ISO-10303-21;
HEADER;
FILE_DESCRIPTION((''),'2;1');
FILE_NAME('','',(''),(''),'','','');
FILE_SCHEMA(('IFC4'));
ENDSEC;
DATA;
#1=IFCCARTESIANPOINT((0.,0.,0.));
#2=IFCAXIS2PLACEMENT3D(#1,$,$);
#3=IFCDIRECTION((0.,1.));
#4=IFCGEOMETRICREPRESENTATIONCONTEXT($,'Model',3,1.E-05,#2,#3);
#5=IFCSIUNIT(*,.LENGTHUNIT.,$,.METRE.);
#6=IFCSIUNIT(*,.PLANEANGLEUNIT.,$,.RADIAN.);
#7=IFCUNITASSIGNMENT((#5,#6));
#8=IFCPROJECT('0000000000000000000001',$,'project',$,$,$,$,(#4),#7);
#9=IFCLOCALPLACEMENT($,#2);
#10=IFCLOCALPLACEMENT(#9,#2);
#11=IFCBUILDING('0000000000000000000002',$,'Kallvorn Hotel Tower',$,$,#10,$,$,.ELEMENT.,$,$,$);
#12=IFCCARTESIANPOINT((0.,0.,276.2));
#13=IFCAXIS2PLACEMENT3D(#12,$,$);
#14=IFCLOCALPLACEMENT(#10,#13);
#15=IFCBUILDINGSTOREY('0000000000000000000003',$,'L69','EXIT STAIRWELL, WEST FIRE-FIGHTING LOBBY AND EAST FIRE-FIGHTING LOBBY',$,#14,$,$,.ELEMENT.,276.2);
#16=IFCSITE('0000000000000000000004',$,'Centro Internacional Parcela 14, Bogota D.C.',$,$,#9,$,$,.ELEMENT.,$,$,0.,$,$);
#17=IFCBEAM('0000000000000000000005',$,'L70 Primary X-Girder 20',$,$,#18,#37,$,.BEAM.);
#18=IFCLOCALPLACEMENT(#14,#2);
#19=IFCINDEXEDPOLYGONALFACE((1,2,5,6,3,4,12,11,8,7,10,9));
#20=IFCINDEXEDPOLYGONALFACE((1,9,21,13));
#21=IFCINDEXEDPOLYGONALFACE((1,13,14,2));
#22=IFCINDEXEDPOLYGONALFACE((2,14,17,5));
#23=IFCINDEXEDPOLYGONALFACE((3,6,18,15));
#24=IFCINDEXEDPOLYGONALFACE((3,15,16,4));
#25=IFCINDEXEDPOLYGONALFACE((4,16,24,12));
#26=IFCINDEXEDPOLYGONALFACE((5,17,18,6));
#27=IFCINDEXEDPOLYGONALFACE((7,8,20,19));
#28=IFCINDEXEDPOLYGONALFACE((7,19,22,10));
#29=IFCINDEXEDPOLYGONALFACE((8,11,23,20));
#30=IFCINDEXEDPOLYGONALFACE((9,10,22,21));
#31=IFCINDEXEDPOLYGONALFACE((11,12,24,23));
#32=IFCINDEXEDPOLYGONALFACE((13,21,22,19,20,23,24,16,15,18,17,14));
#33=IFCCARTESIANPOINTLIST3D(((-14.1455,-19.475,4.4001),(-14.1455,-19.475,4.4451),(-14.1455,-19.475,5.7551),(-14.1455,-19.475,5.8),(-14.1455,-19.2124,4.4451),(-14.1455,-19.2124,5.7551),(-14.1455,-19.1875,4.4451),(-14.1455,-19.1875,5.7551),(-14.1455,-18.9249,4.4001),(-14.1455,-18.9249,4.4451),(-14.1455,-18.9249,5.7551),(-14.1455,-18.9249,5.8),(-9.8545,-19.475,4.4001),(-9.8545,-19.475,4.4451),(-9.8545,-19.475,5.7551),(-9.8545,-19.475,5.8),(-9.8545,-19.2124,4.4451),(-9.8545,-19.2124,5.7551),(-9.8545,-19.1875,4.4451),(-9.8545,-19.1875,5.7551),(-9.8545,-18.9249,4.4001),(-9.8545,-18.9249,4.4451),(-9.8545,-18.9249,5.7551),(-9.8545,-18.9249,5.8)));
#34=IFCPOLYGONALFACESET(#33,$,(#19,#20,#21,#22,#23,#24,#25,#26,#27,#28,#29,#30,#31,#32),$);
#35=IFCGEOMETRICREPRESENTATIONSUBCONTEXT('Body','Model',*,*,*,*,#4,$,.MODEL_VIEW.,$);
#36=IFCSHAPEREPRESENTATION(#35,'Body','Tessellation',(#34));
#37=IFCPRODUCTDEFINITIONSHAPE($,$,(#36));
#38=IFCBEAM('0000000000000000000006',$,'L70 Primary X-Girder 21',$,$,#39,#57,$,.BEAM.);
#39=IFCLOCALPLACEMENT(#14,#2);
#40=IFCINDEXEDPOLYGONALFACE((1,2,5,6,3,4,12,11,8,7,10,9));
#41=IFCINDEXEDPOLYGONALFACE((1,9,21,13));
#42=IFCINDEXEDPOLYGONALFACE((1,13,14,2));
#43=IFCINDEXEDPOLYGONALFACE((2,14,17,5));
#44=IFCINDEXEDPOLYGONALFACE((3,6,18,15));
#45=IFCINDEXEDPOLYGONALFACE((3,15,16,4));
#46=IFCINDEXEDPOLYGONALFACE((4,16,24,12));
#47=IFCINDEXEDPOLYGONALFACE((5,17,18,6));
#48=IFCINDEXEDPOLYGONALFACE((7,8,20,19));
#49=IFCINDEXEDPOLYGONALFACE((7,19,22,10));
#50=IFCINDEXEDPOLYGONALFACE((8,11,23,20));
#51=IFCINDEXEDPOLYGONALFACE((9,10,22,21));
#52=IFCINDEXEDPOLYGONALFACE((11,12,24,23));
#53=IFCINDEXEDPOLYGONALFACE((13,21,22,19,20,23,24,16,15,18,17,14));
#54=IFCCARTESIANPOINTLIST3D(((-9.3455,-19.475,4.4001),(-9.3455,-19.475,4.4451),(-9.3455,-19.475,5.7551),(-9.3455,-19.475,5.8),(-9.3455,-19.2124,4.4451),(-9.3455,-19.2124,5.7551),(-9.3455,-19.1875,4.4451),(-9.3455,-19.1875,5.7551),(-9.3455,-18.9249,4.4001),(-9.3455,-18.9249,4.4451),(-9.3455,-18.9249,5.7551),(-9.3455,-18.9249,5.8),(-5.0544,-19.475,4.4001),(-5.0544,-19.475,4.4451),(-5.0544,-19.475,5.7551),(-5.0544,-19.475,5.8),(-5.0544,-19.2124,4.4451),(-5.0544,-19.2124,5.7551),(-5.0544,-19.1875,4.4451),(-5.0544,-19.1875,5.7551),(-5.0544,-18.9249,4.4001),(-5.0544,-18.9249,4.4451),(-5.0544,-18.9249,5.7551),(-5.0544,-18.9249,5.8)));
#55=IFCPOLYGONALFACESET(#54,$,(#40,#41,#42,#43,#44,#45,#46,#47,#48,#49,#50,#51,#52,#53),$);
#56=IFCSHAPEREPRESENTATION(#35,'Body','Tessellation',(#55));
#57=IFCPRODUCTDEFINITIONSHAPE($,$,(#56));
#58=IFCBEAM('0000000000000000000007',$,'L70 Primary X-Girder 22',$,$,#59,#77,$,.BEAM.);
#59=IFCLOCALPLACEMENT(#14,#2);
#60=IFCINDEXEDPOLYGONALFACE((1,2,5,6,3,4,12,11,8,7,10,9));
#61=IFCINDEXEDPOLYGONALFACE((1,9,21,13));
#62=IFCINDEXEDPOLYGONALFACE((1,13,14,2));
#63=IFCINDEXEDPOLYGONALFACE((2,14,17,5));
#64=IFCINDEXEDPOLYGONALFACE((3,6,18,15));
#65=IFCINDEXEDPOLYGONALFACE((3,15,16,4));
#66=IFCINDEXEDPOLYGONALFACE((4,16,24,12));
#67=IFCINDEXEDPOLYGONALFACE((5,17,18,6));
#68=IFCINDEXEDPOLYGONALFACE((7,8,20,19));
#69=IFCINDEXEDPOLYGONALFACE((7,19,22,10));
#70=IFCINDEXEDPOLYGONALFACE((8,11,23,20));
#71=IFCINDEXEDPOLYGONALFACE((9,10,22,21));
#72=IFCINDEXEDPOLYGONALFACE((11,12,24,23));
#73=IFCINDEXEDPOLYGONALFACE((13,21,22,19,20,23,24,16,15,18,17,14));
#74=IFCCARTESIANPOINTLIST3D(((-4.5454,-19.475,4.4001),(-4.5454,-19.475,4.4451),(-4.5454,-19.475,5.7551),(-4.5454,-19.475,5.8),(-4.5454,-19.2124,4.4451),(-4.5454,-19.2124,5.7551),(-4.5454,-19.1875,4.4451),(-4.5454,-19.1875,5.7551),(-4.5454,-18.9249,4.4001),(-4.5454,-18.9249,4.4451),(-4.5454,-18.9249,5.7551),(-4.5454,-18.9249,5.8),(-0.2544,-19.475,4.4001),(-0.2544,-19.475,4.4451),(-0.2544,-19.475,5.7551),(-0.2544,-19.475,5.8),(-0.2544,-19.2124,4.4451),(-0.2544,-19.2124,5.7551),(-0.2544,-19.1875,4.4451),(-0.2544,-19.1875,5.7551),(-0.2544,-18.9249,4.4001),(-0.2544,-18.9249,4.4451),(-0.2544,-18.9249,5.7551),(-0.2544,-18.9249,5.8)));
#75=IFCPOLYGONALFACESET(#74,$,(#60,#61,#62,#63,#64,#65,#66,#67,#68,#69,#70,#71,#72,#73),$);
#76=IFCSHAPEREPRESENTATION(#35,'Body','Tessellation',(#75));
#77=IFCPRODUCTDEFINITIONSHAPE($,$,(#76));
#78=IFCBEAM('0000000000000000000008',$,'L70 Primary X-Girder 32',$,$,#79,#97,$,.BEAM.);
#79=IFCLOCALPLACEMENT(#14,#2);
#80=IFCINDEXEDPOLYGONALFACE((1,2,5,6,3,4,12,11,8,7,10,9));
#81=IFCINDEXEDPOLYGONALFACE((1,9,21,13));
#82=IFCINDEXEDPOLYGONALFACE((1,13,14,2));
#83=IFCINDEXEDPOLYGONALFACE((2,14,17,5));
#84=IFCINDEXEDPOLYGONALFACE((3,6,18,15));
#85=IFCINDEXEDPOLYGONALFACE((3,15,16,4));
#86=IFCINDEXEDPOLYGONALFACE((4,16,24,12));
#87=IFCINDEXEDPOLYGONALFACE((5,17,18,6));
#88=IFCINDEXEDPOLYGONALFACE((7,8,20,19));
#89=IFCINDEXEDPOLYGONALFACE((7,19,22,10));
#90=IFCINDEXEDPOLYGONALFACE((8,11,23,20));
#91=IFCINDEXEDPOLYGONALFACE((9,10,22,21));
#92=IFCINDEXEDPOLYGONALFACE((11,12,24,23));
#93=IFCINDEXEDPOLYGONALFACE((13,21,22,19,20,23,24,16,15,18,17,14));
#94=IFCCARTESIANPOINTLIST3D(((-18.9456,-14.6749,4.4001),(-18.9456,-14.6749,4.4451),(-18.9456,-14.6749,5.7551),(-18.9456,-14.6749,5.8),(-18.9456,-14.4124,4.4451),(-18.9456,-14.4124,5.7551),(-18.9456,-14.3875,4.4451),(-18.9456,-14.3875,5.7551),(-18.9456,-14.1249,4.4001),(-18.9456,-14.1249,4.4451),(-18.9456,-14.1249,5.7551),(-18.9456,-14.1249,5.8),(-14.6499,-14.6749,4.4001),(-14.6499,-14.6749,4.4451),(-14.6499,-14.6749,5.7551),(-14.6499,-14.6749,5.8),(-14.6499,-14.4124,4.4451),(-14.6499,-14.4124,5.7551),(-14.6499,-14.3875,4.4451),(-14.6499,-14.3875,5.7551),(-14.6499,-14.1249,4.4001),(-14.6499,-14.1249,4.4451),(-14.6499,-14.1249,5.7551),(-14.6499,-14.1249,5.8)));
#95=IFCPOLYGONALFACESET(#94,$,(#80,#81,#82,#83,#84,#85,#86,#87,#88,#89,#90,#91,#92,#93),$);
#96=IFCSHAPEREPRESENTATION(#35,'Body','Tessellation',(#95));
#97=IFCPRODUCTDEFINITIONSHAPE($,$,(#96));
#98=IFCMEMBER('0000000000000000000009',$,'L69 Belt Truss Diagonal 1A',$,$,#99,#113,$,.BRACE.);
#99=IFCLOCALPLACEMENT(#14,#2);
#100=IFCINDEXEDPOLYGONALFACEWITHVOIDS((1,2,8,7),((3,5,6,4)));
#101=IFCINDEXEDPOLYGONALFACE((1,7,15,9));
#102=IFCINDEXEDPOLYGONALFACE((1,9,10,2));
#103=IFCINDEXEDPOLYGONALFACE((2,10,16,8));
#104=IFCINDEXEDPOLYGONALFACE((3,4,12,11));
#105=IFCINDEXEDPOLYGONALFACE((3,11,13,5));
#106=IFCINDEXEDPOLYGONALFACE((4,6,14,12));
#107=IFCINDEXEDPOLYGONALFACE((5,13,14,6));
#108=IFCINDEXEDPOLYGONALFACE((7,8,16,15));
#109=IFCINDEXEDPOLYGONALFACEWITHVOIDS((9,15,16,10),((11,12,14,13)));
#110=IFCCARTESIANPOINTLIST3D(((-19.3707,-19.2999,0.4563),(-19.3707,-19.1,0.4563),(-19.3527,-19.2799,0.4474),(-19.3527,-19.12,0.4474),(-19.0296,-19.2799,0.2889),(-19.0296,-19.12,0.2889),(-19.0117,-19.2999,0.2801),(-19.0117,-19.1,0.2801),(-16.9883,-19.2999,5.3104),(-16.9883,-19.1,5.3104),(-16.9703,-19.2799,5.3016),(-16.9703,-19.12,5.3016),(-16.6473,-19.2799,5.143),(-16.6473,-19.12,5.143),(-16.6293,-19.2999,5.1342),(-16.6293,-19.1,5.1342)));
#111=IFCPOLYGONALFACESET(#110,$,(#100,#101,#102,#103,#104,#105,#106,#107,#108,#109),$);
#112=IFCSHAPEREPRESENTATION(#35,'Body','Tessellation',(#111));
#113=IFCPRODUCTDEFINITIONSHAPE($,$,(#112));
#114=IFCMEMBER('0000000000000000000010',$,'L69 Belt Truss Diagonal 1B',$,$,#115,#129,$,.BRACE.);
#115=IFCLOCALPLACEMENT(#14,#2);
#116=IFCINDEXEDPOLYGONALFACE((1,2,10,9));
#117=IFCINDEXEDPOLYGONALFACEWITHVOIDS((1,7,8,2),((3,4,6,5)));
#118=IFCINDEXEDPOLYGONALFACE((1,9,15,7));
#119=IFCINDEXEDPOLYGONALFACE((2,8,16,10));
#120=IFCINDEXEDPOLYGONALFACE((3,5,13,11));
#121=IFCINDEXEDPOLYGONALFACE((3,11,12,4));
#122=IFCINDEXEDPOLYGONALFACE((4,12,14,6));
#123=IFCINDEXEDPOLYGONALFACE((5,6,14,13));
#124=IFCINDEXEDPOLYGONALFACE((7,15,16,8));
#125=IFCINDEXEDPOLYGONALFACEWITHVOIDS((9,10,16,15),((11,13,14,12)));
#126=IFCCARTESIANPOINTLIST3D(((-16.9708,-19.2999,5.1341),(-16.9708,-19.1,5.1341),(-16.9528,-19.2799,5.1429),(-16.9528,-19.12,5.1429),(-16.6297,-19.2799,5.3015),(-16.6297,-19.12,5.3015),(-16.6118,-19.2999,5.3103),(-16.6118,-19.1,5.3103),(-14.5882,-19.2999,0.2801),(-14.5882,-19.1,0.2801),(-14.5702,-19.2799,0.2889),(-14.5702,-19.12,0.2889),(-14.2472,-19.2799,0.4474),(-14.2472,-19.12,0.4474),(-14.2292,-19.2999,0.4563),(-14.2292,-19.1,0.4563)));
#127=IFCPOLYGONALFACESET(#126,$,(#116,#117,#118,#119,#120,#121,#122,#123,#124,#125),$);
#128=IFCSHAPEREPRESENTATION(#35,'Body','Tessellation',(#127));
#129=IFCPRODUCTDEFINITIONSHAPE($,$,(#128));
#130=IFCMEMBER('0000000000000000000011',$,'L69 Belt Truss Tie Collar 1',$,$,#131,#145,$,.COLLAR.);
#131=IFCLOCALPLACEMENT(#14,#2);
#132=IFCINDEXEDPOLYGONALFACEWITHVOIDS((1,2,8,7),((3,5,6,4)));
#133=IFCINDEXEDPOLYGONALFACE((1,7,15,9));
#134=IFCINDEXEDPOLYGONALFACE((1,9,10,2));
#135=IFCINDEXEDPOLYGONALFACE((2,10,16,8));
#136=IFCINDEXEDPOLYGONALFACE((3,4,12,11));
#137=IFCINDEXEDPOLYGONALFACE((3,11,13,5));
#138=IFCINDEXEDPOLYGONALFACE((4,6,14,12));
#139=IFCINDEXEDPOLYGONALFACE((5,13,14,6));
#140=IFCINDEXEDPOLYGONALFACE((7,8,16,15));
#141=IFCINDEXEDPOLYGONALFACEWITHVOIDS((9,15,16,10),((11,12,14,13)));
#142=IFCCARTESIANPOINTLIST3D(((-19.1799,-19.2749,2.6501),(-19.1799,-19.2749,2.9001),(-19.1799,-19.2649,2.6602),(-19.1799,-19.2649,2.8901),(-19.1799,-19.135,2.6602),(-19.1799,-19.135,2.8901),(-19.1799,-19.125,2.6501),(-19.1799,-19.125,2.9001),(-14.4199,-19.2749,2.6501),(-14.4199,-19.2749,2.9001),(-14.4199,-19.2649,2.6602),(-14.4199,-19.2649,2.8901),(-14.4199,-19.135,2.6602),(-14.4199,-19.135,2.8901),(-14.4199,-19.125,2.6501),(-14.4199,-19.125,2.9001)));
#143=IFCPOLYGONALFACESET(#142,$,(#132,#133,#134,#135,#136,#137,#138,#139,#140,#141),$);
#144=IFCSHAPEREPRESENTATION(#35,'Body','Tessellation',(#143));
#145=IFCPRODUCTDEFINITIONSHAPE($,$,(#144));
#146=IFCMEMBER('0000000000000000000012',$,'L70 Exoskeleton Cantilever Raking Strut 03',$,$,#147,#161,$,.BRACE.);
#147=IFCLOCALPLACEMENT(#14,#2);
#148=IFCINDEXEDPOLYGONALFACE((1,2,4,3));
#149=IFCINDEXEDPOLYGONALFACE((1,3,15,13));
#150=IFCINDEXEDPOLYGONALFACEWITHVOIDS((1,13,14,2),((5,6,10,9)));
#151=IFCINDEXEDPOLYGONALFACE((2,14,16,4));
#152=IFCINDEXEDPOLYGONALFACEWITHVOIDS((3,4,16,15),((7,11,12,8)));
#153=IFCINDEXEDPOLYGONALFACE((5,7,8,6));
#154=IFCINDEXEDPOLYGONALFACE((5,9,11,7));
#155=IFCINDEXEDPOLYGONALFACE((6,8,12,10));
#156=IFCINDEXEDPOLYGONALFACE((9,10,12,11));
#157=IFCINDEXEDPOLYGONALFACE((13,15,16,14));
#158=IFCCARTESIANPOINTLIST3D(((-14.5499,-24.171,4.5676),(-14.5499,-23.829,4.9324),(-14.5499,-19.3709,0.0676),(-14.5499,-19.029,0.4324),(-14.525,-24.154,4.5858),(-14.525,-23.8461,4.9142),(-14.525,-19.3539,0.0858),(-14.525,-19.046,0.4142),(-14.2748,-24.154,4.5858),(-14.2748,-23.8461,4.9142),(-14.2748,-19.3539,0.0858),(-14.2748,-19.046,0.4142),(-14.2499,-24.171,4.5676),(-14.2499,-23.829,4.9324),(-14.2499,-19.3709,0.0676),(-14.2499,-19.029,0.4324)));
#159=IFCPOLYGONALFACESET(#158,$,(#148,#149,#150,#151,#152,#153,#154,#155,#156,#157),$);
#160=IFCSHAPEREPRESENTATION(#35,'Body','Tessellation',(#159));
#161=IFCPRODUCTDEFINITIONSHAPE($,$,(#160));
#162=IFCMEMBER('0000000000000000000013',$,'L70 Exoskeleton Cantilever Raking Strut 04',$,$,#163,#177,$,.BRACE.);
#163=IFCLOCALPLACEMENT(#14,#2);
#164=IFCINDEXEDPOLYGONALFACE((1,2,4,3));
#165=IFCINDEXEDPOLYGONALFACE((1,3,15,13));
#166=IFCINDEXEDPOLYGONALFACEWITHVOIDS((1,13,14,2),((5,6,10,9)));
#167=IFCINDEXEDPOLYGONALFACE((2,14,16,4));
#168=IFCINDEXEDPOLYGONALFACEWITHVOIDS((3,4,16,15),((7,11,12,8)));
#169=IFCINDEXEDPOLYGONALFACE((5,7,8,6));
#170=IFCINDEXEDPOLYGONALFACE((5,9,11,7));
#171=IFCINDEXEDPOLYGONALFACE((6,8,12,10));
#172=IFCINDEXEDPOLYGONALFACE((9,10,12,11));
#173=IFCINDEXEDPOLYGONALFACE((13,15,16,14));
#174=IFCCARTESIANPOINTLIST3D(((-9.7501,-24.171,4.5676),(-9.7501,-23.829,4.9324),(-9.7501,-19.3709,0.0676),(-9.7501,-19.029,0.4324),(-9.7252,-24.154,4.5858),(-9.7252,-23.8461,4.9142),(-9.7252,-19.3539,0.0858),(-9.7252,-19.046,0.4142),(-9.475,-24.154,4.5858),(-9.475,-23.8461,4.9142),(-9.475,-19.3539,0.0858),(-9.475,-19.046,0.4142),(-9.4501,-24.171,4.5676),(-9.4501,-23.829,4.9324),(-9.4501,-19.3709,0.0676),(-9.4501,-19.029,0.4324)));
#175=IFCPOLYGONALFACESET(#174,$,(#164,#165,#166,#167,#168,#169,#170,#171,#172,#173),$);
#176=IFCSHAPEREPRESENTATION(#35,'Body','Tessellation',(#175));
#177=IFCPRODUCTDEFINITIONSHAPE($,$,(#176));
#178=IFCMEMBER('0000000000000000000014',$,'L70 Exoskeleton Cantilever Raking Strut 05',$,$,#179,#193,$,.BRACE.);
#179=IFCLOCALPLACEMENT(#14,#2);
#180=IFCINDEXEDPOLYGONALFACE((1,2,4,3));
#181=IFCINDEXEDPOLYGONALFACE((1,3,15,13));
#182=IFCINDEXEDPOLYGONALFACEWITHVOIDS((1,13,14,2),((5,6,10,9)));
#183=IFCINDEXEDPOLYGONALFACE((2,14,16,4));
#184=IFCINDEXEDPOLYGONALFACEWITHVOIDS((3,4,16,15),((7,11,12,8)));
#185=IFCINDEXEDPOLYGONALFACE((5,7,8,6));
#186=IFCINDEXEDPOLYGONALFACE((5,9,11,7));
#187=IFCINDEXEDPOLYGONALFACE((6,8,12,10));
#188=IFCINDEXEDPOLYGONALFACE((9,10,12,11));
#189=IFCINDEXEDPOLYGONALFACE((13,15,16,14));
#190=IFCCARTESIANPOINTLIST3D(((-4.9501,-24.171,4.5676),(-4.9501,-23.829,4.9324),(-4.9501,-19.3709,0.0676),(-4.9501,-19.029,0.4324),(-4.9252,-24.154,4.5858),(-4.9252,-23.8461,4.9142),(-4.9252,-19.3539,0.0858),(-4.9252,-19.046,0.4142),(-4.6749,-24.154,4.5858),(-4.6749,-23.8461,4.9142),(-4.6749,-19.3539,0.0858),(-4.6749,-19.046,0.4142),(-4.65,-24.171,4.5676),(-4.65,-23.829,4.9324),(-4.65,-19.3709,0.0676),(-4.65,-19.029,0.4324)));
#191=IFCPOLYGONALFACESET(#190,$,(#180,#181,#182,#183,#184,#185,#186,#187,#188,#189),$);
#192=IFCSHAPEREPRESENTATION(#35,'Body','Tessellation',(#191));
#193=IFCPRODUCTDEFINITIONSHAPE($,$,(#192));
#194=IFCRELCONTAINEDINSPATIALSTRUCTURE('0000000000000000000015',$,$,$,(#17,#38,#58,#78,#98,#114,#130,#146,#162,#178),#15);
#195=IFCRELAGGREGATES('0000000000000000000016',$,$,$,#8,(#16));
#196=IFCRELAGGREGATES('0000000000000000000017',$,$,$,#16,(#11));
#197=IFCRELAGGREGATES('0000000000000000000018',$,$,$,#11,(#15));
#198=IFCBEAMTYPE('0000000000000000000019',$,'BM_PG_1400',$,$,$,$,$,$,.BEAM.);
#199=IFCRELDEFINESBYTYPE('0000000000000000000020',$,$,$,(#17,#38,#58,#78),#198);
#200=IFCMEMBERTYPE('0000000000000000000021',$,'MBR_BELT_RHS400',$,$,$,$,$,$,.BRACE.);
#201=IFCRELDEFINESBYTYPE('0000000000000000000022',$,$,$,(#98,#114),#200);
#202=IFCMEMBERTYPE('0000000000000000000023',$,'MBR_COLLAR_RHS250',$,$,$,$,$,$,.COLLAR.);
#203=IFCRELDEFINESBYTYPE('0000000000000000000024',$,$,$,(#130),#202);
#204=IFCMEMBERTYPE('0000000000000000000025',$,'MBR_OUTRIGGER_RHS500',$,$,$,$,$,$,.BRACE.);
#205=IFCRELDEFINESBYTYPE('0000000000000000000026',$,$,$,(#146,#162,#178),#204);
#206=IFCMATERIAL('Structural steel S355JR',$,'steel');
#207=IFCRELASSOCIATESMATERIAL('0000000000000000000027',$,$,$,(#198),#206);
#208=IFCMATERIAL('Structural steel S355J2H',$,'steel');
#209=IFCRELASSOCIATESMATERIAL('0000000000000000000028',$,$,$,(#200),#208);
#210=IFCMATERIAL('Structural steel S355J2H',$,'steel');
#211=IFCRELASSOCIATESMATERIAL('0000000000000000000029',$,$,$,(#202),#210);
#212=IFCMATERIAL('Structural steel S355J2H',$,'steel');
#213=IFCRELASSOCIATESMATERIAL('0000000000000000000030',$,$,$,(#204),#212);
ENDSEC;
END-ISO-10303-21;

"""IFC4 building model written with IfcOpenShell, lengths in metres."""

from ifc_helpers import new_model, si_unit, direction, frame, origin, origin_2d, place, context, subcontext, project, spatial, hollow_rectangle, i_section, extrude, material, material_profile, profile_set, type_object, element, save


model = new_model("IFC4")

# Units and contexts
model_context = context("Model", 3, precision=1e-05, world=origin(), true_north=direction((0.0, 1.0)))
body_context = subcontext(model_context, "Body", "Model", "MODEL_VIEW")
ifc_project = project(units=[si_unit("LENGTHUNIT", "METRE"), si_unit("PLANEANGLEUNIT", "RADIAN")], contexts=[model_context])

# Site, building, storey
site_placement = place(None, origin())
site = spatial("IfcSite", under=ifc_project, at=site_placement, Name="Centro Internacional Parcela 14, Bogota D.C.", CompositionType="ELEMENT", RefElevation=0.0)
building_placement = place(site_placement, origin())
building = spatial("IfcBuilding", under=site, at=building_placement, Name="Kallvorn Hotel Tower", CompositionType="ELEMENT")
storey_placement = place(building_placement, frame((0.0, 0.0, 276.2)))
storey = spatial("IfcBuildingStorey", under=building, at=storey_placement, Name="L69", Description="EXIT STAIRWELL, WEST FIRE-FIGHTING LOBBY AND EAST FIRE-FIGHTING LOBBY", CompositionType="ELEMENT", Elevation=276.2)

# Beams
ifc_material_1 = material(Name="Structural steel S355JR", Category="steel")
ifc_material_profile_1 = material_profile(ifc_material_1, i_section(OverallWidth=0.55, OverallDepth=1.3999, WebThickness=0.0249, FlangeThickness=0.0449, at=origin_2d()), Name="PG 1400x550x25x45")
ifc_profile_set_1 = profile_set([ifc_material_profile_1], Name="Structural steel S355JR")
beam_type_1 = type_object("IfcBeamType", Name="BM_PG_1400", PredefinedType="BEAM", material=ifc_profile_set_1)
for number, where, z_axis, x_axis, name in (
    (1, (-14.1455, -19.2, 5.1001), (1.0, 0.0, 0.0), (0.0, 1.0, 0.0), "L70 Primary X-Girder 20"),
    (2, (-9.3455, -19.2, 5.1001), (1.0, 0.0, 0.0), (0.0, 1.0, 0.0), "L70 Primary X-Girder 21"),
    (3, (-4.5454, -19.2, 5.1001), (1.0, 0.0, 0.0), (0.0, 1.0, 0.0), "L70 Primary X-Girder 22"),
):
    element("IfcBeam", number, at=place(storey_placement, frame(where, z_axis=z_axis, x_axis=x_axis)), inside=storey, type_object=beam_type_1, Name=name, PredefinedType="BEAM", context=body_context, shape_type="SweptSolid", body=[
        extrude(i_section(OverallWidth=0.55, OverallDepth=1.3999, WebThickness=0.0249, FlangeThickness=0.0449, at=origin_2d()), origin(), (0.0, 0.0, 1.0), 4.291),
    ])
beam_placement = place(storey_placement, frame((-18.9456, -14.3999, 5.1001), z_axis=(1.0, 0.0, 0.0), x_axis=(0.0, 1.0, 0.0)))
element("IfcBeam", 4, at=beam_placement, inside=storey, type_object=beam_type_1, Name="L70 Primary X-Girder 32", PredefinedType="BEAM", context=body_context, shape_type="SweptSolid", body=[
    extrude(i_section(OverallWidth=0.55, OverallDepth=1.3999, WebThickness=0.0249, FlangeThickness=0.0449, at=origin_2d()), origin(), (0.0, 0.0, 1.0), 4.2957),
])

# Members
ifc_material_2 = material(Name="Structural steel S355J2H", Category="steel")
ifc_material_profile_2 = material_profile(ifc_material_2, hollow_rectangle(XDim=0.2, YDim=0.3999, WallThickness=0.02, at=origin_2d()), Name="RHS 400x200x20")
ifc_profile_set_2 = profile_set([ifc_material_profile_2], Name="Structural steel S355J2H")
member_type_1 = type_object("IfcMemberType", Name="MBR_BELT_RHS400", PredefinedType="BRACE", material=ifc_profile_set_2)
for number, where, z_axis, x_axis, name in (
    (5, (-19.1912, -19.2, 0.3682), (0.440591, 0.0, 0.897708), (0.0, 1.0, 0.0), "L69 Belt Truss Diagonal 1A"),
    (6, (-14.4087, -19.2, 0.3682), (-0.440628, 0.0, 0.89769), (0.0, -1.0, 0.0), "L69 Belt Truss Diagonal 1B"),
):
    element("IfcMember", number, at=place(storey_placement, frame(where, z_axis=z_axis, x_axis=x_axis)), inside=storey, type_object=member_type_1, Name=name, PredefinedType="BRACE", context=body_context, shape_type="SweptSolid", body=[
        extrude(hollow_rectangle(XDim=0.2, YDim=0.3999, WallThickness=0.02, at=origin_2d()), origin(), (0.0, 0.0, 1.0), 5.4072),
    ])
ifc_material_3 = material(Name="Structural steel S355J2H", Category="steel")
ifc_material_profile_3 = material_profile(ifc_material_3, hollow_rectangle(XDim=0.1499, YDim=0.25, WallThickness=0.01, at=origin_2d()), Name="RHS 250x150x10")
ifc_profile_set_3 = profile_set([ifc_material_profile_3], Name="Structural steel S355J2H")
member_type_2 = type_object("IfcMemberType", Name="MBR_COLLAR_RHS250", PredefinedType="COLLAR", material=ifc_profile_set_3)
member_1_placement = place(storey_placement, frame((-19.1799, -19.2, 2.7751), z_axis=(1.0, 0.0, 0.0), x_axis=(0.0, 1.0, 0.0)))
element("IfcMember", 7, at=member_1_placement, inside=storey, type_object=member_type_2, Name="L69 Belt Truss Tie Collar 1", PredefinedType="COLLAR", context=body_context, shape_type="SweptSolid", body=[
    extrude(hollow_rectangle(XDim=0.1499, YDim=0.25, WallThickness=0.01, at=origin_2d()), origin(), (0.0, 0.0, 1.0), 4.76),
])
ifc_material_4 = material(Name="Structural steel S355J2H", Category="steel")
ifc_material_profile_4 = material_profile(ifc_material_4, hollow_rectangle(XDim=0.3, YDim=0.5, WallThickness=0.0249, at=origin_2d()), Name="RHS 500x300x25")
ifc_profile_set_4 = profile_set([ifc_material_profile_4], Name="Structural steel S355J2H")
member_type_3 = type_object("IfcMemberType", Name="MBR_OUTRIGGER_RHS500", PredefinedType="BRACE", material=ifc_profile_set_4)
for number, where, z_axis, x_axis, name in (
    (8, (-14.3999, -19.2, 0.25), (0.0, -0.729541, 0.683937), (1.0, 0.0, 0.0), "L70 Exoskeleton Cantilever Raking Strut 03"),
    (9, (-9.6001, -19.2, 0.25), (0.0, -0.729541, 0.683937), (1.0, 0.0, 0.0), "L70 Exoskeleton Cantilever Raking Strut 04"),
    (10, (-4.8, -19.2, 0.25), (0.0, -0.729541, 0.683937), (1.0, 0.0, 0.0), "L70 Exoskeleton Cantilever Raking Strut 05"),
):
    element("IfcMember", number, at=place(storey_placement, frame(where, z_axis=z_axis, x_axis=x_axis)), inside=storey, type_object=member_type_3, Name=name, PredefinedType="BRACE", context=body_context, shape_type="SweptSolid", body=[
        extrude(hollow_rectangle(XDim=0.3, YDim=0.5, WallThickness=0.0249, at=origin_2d()), origin(), (0.0, 0.0, 1.0), 6.5796),
    ])

save(model, "model.ifc")
